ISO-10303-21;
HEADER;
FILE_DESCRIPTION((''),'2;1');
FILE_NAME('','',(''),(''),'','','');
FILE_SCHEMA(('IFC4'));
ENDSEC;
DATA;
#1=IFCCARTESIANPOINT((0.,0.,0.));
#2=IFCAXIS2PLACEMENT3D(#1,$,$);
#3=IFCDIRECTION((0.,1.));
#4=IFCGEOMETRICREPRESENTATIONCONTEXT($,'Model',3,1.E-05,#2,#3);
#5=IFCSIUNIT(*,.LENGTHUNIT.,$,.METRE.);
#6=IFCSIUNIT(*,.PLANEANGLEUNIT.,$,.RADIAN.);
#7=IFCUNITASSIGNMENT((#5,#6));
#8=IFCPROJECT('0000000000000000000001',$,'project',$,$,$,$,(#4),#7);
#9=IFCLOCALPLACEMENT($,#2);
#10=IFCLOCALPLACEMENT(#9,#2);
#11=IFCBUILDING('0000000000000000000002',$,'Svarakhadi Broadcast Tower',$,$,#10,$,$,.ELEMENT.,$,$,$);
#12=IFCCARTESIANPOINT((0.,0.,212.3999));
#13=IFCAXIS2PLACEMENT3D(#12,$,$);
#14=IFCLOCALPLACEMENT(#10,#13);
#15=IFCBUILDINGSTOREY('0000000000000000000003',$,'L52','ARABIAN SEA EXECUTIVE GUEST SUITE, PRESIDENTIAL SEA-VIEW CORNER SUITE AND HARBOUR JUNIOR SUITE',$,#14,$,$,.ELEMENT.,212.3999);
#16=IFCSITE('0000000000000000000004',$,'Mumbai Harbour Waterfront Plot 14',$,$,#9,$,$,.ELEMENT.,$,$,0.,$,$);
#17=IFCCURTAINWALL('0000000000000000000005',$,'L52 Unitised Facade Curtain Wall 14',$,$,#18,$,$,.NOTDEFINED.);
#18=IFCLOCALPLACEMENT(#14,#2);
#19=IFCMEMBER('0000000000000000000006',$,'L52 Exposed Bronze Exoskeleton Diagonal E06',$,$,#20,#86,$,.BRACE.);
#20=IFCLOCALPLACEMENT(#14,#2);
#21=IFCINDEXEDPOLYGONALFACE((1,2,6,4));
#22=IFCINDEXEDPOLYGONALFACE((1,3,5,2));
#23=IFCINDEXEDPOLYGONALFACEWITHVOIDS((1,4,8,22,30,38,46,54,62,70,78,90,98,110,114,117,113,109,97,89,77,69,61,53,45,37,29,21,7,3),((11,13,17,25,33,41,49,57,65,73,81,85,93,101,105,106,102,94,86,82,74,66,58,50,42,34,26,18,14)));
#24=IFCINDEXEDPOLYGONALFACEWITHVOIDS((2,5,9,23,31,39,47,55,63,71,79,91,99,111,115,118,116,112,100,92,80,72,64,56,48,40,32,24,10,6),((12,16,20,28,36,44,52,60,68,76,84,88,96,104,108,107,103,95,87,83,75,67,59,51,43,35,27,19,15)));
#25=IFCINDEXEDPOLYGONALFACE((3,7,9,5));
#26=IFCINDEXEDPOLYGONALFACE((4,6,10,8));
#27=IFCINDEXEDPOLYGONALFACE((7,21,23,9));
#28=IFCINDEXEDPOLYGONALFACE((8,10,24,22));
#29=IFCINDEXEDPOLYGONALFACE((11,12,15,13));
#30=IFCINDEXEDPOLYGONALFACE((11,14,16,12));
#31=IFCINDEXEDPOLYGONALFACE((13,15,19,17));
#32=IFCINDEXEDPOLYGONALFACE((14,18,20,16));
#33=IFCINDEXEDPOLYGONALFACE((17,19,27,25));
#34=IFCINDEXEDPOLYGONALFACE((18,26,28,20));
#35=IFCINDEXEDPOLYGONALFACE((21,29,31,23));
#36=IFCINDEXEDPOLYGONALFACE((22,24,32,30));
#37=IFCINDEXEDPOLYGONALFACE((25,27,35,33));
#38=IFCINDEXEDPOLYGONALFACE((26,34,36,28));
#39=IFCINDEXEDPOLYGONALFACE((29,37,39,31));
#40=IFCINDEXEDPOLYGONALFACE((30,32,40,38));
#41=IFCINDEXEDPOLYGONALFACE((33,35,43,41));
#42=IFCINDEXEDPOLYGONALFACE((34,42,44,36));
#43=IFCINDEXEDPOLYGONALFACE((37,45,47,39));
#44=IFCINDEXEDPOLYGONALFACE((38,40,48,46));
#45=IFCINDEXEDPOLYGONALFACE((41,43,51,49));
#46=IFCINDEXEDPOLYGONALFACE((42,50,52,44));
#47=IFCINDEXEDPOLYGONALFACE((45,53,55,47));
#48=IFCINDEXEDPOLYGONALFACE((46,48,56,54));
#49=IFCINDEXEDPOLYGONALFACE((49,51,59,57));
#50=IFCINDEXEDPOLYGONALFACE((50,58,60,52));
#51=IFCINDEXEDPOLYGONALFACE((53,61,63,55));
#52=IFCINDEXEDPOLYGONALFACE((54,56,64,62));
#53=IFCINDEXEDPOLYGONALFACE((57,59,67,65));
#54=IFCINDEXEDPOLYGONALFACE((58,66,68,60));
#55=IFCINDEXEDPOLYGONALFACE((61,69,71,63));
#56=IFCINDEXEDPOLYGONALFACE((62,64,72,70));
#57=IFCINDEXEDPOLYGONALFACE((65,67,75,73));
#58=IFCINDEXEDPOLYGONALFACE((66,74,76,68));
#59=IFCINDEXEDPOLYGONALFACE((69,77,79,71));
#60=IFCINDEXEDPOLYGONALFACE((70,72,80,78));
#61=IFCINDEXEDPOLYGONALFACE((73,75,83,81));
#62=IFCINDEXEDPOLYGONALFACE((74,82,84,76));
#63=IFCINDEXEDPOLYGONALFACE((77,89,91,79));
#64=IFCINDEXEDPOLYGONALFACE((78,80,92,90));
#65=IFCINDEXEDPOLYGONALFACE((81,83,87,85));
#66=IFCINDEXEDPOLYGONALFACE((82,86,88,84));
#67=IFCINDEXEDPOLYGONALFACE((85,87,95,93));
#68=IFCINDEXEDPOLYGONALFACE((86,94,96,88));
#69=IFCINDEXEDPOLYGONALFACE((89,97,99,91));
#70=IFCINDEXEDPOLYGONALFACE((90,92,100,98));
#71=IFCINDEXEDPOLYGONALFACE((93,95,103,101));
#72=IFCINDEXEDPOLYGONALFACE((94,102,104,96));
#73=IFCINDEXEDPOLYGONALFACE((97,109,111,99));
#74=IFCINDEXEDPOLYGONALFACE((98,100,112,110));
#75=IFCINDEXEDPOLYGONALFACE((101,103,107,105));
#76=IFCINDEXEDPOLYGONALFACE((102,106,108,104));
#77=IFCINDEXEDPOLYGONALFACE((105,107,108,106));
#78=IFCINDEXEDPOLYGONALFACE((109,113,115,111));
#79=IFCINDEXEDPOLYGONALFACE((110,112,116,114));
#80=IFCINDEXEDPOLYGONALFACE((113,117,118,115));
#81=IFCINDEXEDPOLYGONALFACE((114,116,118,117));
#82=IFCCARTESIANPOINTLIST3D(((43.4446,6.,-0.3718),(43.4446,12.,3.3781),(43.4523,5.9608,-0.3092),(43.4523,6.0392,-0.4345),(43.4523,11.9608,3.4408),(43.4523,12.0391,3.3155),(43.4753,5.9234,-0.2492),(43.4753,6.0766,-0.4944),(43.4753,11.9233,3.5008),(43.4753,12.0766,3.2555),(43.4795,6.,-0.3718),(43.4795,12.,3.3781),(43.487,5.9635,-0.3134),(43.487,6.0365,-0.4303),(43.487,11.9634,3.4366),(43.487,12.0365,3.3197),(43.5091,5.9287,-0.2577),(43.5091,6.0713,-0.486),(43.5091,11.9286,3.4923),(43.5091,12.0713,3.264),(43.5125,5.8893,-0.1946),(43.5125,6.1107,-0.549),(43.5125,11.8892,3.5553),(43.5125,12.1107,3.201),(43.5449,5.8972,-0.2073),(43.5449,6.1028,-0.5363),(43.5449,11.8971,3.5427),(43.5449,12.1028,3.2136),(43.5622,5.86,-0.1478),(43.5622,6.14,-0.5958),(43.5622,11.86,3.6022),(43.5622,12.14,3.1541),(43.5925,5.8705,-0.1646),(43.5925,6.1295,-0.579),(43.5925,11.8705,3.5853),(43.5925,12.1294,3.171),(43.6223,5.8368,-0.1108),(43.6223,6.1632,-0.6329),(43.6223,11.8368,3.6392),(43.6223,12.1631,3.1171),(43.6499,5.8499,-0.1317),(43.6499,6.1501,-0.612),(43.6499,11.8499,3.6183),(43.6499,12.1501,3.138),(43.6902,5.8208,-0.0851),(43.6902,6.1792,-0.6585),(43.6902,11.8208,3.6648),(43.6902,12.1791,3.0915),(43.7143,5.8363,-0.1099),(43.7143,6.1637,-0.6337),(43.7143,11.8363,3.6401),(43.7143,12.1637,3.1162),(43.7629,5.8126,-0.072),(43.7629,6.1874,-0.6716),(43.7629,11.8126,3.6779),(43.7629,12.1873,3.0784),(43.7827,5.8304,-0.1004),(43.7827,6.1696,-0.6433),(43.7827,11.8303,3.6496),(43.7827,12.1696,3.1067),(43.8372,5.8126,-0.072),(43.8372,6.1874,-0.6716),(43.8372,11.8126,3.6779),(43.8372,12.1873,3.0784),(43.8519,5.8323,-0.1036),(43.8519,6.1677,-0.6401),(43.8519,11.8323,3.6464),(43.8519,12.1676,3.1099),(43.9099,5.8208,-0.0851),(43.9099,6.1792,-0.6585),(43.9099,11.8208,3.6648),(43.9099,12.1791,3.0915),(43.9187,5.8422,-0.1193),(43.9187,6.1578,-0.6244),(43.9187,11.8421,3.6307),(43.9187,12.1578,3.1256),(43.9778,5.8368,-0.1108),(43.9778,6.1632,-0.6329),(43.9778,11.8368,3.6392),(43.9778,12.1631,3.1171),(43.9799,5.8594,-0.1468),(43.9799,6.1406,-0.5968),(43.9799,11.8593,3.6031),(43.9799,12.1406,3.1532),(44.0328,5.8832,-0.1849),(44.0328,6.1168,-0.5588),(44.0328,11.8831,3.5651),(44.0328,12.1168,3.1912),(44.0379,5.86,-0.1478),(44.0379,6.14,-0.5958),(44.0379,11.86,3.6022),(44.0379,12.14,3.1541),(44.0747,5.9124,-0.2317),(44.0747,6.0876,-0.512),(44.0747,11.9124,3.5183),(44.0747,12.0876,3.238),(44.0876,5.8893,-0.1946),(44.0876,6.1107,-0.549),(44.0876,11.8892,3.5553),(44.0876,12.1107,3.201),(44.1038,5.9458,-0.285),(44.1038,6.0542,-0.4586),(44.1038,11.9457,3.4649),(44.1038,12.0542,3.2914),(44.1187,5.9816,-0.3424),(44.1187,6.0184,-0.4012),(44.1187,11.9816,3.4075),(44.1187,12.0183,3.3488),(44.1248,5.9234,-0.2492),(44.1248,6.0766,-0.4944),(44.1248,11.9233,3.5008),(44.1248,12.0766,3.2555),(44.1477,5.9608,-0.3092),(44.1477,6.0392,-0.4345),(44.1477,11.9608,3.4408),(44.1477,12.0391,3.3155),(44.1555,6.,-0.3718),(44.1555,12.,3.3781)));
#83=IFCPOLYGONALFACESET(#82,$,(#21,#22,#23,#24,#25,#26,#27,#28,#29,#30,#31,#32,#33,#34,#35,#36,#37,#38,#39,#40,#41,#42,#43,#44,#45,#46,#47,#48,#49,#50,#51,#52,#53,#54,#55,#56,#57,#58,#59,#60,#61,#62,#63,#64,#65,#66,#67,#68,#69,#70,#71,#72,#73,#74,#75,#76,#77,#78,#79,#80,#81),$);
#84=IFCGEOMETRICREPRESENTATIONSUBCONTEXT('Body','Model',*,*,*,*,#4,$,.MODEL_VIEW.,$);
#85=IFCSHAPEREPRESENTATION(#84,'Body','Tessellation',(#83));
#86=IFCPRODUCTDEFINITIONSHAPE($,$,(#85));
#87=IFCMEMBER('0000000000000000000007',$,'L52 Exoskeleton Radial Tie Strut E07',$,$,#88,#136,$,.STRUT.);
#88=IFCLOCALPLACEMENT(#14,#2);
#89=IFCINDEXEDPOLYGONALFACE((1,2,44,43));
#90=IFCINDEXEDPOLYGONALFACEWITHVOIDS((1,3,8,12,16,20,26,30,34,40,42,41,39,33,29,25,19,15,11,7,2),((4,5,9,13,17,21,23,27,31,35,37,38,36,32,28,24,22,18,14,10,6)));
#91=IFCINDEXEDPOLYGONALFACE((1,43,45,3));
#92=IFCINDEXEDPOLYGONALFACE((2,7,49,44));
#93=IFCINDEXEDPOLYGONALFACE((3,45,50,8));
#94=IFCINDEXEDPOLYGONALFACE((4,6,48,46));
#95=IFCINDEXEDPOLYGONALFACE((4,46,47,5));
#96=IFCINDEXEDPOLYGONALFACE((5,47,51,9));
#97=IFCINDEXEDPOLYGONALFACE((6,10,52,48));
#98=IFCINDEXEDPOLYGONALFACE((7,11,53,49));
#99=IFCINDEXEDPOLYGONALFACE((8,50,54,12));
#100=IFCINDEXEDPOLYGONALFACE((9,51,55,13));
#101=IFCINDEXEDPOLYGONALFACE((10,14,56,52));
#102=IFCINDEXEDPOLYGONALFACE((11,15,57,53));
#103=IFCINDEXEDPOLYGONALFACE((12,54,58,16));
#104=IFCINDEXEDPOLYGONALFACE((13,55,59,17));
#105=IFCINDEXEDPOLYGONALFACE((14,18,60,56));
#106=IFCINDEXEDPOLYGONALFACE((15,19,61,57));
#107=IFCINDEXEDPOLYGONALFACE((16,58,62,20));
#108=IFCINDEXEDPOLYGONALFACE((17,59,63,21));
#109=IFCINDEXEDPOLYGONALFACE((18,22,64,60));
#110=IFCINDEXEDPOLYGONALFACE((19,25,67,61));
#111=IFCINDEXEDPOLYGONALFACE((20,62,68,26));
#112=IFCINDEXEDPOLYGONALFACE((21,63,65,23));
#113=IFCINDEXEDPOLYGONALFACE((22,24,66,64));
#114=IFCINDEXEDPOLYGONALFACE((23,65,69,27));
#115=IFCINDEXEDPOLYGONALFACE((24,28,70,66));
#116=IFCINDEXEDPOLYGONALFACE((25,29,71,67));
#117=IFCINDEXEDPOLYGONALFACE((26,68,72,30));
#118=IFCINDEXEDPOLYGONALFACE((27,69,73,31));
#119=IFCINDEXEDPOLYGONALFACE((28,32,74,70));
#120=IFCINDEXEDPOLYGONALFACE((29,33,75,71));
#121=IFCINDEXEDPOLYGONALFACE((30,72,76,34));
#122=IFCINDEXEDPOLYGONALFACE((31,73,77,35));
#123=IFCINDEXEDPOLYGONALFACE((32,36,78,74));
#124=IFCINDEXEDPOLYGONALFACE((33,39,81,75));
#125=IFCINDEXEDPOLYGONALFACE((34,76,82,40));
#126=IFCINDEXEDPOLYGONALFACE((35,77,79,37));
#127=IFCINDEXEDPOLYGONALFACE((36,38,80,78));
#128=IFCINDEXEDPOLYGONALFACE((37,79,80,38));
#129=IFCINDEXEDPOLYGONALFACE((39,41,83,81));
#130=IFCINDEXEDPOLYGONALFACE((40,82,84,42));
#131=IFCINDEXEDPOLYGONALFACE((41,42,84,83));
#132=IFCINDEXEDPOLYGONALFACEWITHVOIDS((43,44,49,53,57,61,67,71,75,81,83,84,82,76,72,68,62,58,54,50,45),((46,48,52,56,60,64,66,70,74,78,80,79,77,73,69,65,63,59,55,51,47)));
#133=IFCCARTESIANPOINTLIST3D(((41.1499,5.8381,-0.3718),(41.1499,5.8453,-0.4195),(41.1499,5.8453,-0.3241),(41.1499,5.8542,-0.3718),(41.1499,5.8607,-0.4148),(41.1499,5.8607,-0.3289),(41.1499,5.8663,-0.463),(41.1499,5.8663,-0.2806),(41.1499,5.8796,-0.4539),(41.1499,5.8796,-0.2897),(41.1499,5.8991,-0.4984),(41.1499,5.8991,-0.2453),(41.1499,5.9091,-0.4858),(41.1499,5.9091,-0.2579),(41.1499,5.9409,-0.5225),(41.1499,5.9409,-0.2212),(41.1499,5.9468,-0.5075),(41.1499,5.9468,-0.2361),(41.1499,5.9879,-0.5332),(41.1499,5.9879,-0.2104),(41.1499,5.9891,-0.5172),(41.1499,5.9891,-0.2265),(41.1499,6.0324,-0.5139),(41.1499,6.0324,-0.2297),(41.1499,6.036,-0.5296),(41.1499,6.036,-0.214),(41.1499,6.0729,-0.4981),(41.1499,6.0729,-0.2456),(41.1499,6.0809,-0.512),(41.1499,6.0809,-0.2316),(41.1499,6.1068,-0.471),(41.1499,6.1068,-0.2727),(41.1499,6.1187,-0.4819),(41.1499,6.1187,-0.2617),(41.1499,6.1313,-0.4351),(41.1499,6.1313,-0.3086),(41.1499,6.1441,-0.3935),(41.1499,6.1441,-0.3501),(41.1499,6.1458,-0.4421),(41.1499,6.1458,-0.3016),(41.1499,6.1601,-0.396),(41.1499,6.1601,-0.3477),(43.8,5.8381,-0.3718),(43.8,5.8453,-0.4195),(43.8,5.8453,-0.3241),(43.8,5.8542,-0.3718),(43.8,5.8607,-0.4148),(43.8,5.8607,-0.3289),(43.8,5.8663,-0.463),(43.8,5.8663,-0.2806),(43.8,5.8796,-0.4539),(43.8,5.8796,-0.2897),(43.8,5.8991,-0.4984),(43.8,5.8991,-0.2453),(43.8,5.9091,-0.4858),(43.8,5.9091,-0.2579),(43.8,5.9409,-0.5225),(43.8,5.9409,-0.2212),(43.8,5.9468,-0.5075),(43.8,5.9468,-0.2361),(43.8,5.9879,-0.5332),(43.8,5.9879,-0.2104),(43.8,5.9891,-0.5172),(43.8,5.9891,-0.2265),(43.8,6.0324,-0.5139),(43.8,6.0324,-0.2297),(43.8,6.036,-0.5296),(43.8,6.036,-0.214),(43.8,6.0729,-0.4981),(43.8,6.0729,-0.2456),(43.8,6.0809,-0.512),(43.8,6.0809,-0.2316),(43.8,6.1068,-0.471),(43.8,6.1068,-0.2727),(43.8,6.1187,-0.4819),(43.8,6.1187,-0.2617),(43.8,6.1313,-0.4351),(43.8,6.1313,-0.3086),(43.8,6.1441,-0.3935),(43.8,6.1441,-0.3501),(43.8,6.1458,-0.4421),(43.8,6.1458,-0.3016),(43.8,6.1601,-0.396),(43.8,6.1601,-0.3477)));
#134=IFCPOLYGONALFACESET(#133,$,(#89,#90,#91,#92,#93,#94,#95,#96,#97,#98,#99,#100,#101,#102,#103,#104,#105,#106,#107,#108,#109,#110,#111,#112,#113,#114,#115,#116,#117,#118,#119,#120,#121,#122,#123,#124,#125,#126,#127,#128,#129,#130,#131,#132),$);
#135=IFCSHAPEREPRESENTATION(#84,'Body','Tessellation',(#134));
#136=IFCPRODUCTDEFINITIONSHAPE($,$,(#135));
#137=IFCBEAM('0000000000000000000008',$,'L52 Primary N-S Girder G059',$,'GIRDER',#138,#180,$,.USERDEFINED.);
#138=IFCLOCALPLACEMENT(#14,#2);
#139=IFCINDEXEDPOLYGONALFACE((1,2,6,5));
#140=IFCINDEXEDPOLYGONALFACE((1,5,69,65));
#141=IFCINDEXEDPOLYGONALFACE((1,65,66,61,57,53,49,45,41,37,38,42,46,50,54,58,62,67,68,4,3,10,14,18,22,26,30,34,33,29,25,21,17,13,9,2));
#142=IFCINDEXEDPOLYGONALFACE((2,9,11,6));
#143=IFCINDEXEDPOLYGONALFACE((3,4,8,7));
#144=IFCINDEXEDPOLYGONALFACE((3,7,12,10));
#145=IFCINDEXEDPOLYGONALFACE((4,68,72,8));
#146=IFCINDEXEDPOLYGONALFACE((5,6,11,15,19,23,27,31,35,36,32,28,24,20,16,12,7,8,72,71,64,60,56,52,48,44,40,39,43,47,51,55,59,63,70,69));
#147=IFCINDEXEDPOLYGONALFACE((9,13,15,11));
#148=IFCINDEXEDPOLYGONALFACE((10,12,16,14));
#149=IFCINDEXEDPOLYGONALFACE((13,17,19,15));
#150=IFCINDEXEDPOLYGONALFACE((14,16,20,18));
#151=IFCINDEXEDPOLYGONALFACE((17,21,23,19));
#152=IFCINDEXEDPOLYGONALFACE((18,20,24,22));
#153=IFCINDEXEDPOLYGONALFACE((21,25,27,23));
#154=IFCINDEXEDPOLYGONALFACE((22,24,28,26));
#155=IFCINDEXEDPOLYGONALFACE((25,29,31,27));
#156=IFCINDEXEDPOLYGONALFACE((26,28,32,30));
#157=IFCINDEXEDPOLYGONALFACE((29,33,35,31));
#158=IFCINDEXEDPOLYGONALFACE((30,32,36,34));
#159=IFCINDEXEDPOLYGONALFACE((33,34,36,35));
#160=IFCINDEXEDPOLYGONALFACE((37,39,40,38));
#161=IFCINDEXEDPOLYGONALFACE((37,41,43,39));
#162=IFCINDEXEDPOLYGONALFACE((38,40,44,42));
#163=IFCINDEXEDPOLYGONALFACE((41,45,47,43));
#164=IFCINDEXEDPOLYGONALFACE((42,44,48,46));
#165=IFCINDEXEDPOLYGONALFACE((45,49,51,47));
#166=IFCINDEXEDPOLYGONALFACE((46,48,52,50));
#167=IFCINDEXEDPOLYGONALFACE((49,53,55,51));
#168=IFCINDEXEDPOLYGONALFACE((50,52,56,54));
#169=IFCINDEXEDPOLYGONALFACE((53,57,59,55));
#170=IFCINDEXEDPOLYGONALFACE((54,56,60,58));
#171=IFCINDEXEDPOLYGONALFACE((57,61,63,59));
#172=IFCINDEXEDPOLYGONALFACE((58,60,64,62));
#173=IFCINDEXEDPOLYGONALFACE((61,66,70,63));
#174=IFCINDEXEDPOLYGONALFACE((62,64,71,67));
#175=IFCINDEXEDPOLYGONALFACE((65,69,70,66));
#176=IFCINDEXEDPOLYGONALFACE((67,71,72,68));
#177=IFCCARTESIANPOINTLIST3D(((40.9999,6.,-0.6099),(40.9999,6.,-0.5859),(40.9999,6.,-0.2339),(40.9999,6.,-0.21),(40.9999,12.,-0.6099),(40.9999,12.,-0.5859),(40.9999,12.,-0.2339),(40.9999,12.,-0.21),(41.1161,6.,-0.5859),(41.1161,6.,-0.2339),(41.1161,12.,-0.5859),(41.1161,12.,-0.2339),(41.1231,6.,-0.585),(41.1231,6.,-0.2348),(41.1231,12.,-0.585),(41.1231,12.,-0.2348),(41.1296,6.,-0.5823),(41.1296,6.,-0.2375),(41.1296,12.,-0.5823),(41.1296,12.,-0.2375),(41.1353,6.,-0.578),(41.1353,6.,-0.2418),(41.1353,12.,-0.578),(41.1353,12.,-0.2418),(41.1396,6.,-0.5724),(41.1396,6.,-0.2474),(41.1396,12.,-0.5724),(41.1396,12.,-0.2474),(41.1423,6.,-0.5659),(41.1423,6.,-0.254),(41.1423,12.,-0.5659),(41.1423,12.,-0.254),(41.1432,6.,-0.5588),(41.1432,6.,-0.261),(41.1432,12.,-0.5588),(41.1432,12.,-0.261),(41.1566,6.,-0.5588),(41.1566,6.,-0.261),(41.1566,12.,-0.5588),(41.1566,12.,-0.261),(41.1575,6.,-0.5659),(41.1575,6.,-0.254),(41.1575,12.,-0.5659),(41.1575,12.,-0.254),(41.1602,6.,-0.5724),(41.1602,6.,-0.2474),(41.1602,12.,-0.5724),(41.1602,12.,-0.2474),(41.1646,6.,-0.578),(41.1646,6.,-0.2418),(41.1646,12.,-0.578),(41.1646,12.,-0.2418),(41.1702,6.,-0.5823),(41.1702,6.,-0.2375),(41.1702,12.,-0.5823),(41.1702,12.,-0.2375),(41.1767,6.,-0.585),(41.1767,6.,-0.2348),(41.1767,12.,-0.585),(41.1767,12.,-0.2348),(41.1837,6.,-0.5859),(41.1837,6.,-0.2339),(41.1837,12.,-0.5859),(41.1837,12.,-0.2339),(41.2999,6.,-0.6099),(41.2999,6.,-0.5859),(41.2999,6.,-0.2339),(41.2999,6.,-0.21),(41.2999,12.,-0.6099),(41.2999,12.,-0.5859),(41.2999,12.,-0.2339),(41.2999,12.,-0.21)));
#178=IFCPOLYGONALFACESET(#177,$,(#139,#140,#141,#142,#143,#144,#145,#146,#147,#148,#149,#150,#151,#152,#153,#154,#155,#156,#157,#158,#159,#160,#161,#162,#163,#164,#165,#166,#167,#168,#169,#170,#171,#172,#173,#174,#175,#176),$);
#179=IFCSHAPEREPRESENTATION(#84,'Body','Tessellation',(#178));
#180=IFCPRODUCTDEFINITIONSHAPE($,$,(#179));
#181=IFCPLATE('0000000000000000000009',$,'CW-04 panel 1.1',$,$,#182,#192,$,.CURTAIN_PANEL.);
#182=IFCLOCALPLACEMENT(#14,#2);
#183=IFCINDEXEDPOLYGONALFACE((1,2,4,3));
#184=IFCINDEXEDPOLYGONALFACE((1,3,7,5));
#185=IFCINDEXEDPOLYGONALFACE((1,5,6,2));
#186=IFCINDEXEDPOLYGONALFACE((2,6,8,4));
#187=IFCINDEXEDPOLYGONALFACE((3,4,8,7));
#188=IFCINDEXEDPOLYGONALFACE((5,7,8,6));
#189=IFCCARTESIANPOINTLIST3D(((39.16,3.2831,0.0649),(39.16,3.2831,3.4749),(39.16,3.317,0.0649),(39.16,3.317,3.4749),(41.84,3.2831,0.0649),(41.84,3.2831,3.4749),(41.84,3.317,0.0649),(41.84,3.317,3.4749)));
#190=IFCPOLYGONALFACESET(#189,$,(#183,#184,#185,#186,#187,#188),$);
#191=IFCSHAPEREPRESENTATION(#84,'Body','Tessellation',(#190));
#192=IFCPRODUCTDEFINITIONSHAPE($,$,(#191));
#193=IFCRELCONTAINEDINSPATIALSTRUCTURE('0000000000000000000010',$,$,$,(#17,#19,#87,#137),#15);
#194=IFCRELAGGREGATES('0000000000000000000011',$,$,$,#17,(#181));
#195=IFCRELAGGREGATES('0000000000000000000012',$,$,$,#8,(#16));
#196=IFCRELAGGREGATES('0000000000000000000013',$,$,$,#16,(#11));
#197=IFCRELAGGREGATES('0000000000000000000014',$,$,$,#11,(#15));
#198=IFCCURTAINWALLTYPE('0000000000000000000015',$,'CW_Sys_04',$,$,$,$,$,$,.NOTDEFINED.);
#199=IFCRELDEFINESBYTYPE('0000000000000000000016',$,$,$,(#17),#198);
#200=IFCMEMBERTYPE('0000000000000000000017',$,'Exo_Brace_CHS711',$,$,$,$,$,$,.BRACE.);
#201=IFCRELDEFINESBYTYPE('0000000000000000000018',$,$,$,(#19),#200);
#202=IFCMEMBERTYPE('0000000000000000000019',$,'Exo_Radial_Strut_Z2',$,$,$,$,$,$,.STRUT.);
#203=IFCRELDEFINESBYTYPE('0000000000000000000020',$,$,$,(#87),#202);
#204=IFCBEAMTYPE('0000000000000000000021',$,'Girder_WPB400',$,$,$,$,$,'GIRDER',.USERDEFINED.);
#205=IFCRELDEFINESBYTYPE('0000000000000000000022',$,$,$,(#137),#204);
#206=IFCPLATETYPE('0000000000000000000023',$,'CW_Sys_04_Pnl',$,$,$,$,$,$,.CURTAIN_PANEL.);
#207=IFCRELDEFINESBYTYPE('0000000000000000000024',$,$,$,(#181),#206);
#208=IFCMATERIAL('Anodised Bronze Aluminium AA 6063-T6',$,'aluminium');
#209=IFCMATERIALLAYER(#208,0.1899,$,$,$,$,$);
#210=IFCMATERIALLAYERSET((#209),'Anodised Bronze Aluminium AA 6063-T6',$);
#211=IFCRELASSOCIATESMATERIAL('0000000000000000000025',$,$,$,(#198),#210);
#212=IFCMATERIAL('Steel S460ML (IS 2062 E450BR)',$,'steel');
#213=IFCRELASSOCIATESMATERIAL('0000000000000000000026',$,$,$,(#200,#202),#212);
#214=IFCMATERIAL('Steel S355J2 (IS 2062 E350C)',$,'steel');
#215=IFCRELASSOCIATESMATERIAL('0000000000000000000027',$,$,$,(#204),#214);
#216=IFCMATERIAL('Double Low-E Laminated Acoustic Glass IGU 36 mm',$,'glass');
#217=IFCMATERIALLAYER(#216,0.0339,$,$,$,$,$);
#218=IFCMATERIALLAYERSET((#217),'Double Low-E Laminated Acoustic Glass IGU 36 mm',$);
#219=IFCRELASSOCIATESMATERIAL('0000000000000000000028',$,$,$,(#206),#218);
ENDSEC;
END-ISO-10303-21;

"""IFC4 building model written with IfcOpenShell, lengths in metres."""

from ifc_helpers import new_model, si_unit, direction, frame, origin, origin_2d, place, context, subcontext, project, spatial, rectangle, hollow_circle, i_section, extrude, material, layer, layer_set, material_profile, profile_set, type_object, element, aggregate, save


model = new_model("IFC4")

# Units and contexts
model_context = context("Model", 3, precision=1e-05, world=origin(), true_north=direction((0.0, 1.0)))
body_context = subcontext(model_context, "Body", "Model", "MODEL_VIEW")
ifc_project = project(units=[si_unit("LENGTHUNIT", "METRE"), si_unit("PLANEANGLEUNIT", "RADIAN")], contexts=[model_context])

# Site, building, storey
site_placement = place(None, origin())
site = spatial("IfcSite", under=ifc_project, at=site_placement, Name="Mumbai Harbour Waterfront Plot 14", CompositionType="ELEMENT", RefElevation=0.0)
building_placement = place(site_placement, origin())
building = spatial("IfcBuilding", under=site, at=building_placement, Name="Svarakhadi Broadcast Tower", CompositionType="ELEMENT")
storey_placement = place(building_placement, frame((0.0, 0.0, 212.3999)))
storey = spatial("IfcBuildingStorey", under=building, at=storey_placement, Name="L52", Description="ARABIAN SEA EXECUTIVE GUEST SUITE, PRESIDENTIAL SEA-VIEW CORNER SUITE AND HARBOUR JUNIOR SUITE", CompositionType="ELEMENT", Elevation=212.3999)

# Shared definitions
ifc_material_1 = material(Name="Steel S460ML (IS 2062 E450BR)", Category="steel")

# Shared definitions
ifc_material_2 = material(Name="Steel S355J2 (IS 2062 E350C)", Category="steel")

# Shared definitions
ifc_material_3 = material(Name="Anodised Bronze Aluminium AA 6063-T6", Category="aluminium")
ifc_layer_1 = layer(ifc_material_3, 0.1899)
ifc_layer_set_1 = layer_set([ifc_layer_1], Name="Anodised Bronze Aluminium AA 6063-T6")
curtain_wall_type = type_object("IfcCurtainWallType", Name="CW_Sys_04", PredefinedType="NOTDEFINED", material=ifc_layer_set_1)

# Curtain wall
curtain_wall_1_placement = place(storey_placement, origin())
curtain_wall_1 = element("IfcCurtainWall", 1, at=curtain_wall_1_placement, inside=storey, type_object=curtain_wall_type, Name="L52 Unitised Facade Curtain Wall 14", PredefinedType="NOTDEFINED")

# Members
ifc_material_profile_1 = material_profile(ifc_material_1, hollow_circle(Radius=0.3555, WallThickness=0.0349, at=origin_2d()), Name="CHS 711x35")
ifc_profile_set_1 = profile_set([ifc_material_profile_1], Name="Steel S460ML (IS 2062 E450BR)")
member_type_1 = type_object("IfcMemberType", Name="Exo_Brace_CHS711", PredefinedType="BRACE", material=ifc_profile_set_1)
member_1_placement = place(storey_placement, frame((43.8, 6.0, -0.3718), z_axis=(0.0, 0.847998, 0.529999), x_axis=(-1.0, 0.0, 0.0)))
element("IfcMember", 2, at=member_1_placement, inside=storey, type_object=member_type_1, Name="L52 Exposed Bronze Exoskeleton Diagonal E06", PredefinedType="BRACE", context=body_context, shape_type="SweptSolid", body=[
    extrude(hollow_circle(Radius=0.3555, WallThickness=0.0349, at=origin_2d()), origin(), (0.0, 0.0, 1.0), 7.0754),
])
ifc_material_profile_2 = material_profile(ifc_material_1, hollow_circle(Radius=0.1619, WallThickness=0.0161, at=origin_2d()), Name="CHS 323.9x16")
ifc_profile_set_2 = profile_set([ifc_material_profile_2], Name="Steel S460ML (IS 2062 E450BR)")
member_type_2 = type_object("IfcMemberType", Name="Exo_Radial_Strut_Z2", PredefinedType="STRUT", material=ifc_profile_set_2)
member_2_placement = place(storey_placement, frame((43.8, 6.0, -0.3718), z_axis=(-1.0, 0.0, 0.0), x_axis=(0.0, -1.0, 0.0)))
element("IfcMember", 3, at=member_2_placement, inside=storey, type_object=member_type_2, Name="L52 Exoskeleton Radial Tie Strut E07", PredefinedType="STRUT", context=body_context, shape_type="SweptSolid", body=[
    extrude(hollow_circle(Radius=0.1619, WallThickness=0.0161, at=origin_2d()), origin(), (0.0, 0.0, 1.0), 2.6501),
])

# Beam
ifc_material_profile_3 = material_profile(ifc_material_2, i_section(OverallWidth=0.3, OverallDepth=0.3999, WebThickness=0.0134, FlangeThickness=0.0239, FilletRadius=0.0271, at=origin_2d()), Name="WPB 400x300x155")
ifc_profile_set_3 = profile_set([ifc_material_profile_3], Name="Steel S355J2 (IS 2062 E350C)")
beam_type_1 = type_object("IfcBeamType", Name="Girder_WPB400", ElementType="GIRDER", PredefinedType="USERDEFINED", material=ifc_profile_set_3)
beam_1_placement = place(storey_placement, frame((41.1499, 6.0, -0.4099), z_axis=(0.0, 1.0, 0.0), x_axis=(-1.0, 0.0, 0.0)))
element("IfcBeam", 4, at=beam_1_placement, inside=storey, type_object=beam_type_1, Name="L52 Primary N-S Girder G059", ObjectType="GIRDER", PredefinedType="USERDEFINED", context=body_context, shape_type="SweptSolid", body=[
    extrude(i_section(OverallWidth=0.3, OverallDepth=0.3999, WebThickness=0.0134, FlangeThickness=0.0239, FilletRadius=0.0271, at=origin_2d()), origin(), (0.0, 0.0, 1.0), 6.0),
])

# Plate
ifc_material_4 = material(Name="Double Low-E Laminated Acoustic Glass IGU 36 mm", Category="glass")
ifc_layer_2 = layer(ifc_material_4, 0.0339)
ifc_layer_set_2 = layer_set([ifc_layer_2], Name="Double Low-E Laminated Acoustic Glass IGU 36 mm")
plate_type_1 = type_object("IfcPlateType", Name="CW_Sys_04_Pnl", PredefinedType="CURTAIN_PANEL", material=ifc_layer_set_2)
plate_1_placement = place(storey_placement, frame((40.5, 3.3, 0.0649), z_axis=(0.0, 0.0, 1.0), x_axis=(-1.0, 0.0, 0.0)))
plate_1 = element("IfcPlate", 5, at=plate_1_placement, type_object=plate_type_1, Name="CW-04 panel 1.1", PredefinedType="CURTAIN_PANEL", context=body_context, shape_type="SweptSolid", body=[
    extrude(rectangle(XDim=2.6799, YDim=0.0339, at=origin_2d()), origin(), (0.0, 0.0, 1.0), 3.4099),
])
aggregate(curtain_wall_1, [plate_1])

save(model, "model.ifc")
